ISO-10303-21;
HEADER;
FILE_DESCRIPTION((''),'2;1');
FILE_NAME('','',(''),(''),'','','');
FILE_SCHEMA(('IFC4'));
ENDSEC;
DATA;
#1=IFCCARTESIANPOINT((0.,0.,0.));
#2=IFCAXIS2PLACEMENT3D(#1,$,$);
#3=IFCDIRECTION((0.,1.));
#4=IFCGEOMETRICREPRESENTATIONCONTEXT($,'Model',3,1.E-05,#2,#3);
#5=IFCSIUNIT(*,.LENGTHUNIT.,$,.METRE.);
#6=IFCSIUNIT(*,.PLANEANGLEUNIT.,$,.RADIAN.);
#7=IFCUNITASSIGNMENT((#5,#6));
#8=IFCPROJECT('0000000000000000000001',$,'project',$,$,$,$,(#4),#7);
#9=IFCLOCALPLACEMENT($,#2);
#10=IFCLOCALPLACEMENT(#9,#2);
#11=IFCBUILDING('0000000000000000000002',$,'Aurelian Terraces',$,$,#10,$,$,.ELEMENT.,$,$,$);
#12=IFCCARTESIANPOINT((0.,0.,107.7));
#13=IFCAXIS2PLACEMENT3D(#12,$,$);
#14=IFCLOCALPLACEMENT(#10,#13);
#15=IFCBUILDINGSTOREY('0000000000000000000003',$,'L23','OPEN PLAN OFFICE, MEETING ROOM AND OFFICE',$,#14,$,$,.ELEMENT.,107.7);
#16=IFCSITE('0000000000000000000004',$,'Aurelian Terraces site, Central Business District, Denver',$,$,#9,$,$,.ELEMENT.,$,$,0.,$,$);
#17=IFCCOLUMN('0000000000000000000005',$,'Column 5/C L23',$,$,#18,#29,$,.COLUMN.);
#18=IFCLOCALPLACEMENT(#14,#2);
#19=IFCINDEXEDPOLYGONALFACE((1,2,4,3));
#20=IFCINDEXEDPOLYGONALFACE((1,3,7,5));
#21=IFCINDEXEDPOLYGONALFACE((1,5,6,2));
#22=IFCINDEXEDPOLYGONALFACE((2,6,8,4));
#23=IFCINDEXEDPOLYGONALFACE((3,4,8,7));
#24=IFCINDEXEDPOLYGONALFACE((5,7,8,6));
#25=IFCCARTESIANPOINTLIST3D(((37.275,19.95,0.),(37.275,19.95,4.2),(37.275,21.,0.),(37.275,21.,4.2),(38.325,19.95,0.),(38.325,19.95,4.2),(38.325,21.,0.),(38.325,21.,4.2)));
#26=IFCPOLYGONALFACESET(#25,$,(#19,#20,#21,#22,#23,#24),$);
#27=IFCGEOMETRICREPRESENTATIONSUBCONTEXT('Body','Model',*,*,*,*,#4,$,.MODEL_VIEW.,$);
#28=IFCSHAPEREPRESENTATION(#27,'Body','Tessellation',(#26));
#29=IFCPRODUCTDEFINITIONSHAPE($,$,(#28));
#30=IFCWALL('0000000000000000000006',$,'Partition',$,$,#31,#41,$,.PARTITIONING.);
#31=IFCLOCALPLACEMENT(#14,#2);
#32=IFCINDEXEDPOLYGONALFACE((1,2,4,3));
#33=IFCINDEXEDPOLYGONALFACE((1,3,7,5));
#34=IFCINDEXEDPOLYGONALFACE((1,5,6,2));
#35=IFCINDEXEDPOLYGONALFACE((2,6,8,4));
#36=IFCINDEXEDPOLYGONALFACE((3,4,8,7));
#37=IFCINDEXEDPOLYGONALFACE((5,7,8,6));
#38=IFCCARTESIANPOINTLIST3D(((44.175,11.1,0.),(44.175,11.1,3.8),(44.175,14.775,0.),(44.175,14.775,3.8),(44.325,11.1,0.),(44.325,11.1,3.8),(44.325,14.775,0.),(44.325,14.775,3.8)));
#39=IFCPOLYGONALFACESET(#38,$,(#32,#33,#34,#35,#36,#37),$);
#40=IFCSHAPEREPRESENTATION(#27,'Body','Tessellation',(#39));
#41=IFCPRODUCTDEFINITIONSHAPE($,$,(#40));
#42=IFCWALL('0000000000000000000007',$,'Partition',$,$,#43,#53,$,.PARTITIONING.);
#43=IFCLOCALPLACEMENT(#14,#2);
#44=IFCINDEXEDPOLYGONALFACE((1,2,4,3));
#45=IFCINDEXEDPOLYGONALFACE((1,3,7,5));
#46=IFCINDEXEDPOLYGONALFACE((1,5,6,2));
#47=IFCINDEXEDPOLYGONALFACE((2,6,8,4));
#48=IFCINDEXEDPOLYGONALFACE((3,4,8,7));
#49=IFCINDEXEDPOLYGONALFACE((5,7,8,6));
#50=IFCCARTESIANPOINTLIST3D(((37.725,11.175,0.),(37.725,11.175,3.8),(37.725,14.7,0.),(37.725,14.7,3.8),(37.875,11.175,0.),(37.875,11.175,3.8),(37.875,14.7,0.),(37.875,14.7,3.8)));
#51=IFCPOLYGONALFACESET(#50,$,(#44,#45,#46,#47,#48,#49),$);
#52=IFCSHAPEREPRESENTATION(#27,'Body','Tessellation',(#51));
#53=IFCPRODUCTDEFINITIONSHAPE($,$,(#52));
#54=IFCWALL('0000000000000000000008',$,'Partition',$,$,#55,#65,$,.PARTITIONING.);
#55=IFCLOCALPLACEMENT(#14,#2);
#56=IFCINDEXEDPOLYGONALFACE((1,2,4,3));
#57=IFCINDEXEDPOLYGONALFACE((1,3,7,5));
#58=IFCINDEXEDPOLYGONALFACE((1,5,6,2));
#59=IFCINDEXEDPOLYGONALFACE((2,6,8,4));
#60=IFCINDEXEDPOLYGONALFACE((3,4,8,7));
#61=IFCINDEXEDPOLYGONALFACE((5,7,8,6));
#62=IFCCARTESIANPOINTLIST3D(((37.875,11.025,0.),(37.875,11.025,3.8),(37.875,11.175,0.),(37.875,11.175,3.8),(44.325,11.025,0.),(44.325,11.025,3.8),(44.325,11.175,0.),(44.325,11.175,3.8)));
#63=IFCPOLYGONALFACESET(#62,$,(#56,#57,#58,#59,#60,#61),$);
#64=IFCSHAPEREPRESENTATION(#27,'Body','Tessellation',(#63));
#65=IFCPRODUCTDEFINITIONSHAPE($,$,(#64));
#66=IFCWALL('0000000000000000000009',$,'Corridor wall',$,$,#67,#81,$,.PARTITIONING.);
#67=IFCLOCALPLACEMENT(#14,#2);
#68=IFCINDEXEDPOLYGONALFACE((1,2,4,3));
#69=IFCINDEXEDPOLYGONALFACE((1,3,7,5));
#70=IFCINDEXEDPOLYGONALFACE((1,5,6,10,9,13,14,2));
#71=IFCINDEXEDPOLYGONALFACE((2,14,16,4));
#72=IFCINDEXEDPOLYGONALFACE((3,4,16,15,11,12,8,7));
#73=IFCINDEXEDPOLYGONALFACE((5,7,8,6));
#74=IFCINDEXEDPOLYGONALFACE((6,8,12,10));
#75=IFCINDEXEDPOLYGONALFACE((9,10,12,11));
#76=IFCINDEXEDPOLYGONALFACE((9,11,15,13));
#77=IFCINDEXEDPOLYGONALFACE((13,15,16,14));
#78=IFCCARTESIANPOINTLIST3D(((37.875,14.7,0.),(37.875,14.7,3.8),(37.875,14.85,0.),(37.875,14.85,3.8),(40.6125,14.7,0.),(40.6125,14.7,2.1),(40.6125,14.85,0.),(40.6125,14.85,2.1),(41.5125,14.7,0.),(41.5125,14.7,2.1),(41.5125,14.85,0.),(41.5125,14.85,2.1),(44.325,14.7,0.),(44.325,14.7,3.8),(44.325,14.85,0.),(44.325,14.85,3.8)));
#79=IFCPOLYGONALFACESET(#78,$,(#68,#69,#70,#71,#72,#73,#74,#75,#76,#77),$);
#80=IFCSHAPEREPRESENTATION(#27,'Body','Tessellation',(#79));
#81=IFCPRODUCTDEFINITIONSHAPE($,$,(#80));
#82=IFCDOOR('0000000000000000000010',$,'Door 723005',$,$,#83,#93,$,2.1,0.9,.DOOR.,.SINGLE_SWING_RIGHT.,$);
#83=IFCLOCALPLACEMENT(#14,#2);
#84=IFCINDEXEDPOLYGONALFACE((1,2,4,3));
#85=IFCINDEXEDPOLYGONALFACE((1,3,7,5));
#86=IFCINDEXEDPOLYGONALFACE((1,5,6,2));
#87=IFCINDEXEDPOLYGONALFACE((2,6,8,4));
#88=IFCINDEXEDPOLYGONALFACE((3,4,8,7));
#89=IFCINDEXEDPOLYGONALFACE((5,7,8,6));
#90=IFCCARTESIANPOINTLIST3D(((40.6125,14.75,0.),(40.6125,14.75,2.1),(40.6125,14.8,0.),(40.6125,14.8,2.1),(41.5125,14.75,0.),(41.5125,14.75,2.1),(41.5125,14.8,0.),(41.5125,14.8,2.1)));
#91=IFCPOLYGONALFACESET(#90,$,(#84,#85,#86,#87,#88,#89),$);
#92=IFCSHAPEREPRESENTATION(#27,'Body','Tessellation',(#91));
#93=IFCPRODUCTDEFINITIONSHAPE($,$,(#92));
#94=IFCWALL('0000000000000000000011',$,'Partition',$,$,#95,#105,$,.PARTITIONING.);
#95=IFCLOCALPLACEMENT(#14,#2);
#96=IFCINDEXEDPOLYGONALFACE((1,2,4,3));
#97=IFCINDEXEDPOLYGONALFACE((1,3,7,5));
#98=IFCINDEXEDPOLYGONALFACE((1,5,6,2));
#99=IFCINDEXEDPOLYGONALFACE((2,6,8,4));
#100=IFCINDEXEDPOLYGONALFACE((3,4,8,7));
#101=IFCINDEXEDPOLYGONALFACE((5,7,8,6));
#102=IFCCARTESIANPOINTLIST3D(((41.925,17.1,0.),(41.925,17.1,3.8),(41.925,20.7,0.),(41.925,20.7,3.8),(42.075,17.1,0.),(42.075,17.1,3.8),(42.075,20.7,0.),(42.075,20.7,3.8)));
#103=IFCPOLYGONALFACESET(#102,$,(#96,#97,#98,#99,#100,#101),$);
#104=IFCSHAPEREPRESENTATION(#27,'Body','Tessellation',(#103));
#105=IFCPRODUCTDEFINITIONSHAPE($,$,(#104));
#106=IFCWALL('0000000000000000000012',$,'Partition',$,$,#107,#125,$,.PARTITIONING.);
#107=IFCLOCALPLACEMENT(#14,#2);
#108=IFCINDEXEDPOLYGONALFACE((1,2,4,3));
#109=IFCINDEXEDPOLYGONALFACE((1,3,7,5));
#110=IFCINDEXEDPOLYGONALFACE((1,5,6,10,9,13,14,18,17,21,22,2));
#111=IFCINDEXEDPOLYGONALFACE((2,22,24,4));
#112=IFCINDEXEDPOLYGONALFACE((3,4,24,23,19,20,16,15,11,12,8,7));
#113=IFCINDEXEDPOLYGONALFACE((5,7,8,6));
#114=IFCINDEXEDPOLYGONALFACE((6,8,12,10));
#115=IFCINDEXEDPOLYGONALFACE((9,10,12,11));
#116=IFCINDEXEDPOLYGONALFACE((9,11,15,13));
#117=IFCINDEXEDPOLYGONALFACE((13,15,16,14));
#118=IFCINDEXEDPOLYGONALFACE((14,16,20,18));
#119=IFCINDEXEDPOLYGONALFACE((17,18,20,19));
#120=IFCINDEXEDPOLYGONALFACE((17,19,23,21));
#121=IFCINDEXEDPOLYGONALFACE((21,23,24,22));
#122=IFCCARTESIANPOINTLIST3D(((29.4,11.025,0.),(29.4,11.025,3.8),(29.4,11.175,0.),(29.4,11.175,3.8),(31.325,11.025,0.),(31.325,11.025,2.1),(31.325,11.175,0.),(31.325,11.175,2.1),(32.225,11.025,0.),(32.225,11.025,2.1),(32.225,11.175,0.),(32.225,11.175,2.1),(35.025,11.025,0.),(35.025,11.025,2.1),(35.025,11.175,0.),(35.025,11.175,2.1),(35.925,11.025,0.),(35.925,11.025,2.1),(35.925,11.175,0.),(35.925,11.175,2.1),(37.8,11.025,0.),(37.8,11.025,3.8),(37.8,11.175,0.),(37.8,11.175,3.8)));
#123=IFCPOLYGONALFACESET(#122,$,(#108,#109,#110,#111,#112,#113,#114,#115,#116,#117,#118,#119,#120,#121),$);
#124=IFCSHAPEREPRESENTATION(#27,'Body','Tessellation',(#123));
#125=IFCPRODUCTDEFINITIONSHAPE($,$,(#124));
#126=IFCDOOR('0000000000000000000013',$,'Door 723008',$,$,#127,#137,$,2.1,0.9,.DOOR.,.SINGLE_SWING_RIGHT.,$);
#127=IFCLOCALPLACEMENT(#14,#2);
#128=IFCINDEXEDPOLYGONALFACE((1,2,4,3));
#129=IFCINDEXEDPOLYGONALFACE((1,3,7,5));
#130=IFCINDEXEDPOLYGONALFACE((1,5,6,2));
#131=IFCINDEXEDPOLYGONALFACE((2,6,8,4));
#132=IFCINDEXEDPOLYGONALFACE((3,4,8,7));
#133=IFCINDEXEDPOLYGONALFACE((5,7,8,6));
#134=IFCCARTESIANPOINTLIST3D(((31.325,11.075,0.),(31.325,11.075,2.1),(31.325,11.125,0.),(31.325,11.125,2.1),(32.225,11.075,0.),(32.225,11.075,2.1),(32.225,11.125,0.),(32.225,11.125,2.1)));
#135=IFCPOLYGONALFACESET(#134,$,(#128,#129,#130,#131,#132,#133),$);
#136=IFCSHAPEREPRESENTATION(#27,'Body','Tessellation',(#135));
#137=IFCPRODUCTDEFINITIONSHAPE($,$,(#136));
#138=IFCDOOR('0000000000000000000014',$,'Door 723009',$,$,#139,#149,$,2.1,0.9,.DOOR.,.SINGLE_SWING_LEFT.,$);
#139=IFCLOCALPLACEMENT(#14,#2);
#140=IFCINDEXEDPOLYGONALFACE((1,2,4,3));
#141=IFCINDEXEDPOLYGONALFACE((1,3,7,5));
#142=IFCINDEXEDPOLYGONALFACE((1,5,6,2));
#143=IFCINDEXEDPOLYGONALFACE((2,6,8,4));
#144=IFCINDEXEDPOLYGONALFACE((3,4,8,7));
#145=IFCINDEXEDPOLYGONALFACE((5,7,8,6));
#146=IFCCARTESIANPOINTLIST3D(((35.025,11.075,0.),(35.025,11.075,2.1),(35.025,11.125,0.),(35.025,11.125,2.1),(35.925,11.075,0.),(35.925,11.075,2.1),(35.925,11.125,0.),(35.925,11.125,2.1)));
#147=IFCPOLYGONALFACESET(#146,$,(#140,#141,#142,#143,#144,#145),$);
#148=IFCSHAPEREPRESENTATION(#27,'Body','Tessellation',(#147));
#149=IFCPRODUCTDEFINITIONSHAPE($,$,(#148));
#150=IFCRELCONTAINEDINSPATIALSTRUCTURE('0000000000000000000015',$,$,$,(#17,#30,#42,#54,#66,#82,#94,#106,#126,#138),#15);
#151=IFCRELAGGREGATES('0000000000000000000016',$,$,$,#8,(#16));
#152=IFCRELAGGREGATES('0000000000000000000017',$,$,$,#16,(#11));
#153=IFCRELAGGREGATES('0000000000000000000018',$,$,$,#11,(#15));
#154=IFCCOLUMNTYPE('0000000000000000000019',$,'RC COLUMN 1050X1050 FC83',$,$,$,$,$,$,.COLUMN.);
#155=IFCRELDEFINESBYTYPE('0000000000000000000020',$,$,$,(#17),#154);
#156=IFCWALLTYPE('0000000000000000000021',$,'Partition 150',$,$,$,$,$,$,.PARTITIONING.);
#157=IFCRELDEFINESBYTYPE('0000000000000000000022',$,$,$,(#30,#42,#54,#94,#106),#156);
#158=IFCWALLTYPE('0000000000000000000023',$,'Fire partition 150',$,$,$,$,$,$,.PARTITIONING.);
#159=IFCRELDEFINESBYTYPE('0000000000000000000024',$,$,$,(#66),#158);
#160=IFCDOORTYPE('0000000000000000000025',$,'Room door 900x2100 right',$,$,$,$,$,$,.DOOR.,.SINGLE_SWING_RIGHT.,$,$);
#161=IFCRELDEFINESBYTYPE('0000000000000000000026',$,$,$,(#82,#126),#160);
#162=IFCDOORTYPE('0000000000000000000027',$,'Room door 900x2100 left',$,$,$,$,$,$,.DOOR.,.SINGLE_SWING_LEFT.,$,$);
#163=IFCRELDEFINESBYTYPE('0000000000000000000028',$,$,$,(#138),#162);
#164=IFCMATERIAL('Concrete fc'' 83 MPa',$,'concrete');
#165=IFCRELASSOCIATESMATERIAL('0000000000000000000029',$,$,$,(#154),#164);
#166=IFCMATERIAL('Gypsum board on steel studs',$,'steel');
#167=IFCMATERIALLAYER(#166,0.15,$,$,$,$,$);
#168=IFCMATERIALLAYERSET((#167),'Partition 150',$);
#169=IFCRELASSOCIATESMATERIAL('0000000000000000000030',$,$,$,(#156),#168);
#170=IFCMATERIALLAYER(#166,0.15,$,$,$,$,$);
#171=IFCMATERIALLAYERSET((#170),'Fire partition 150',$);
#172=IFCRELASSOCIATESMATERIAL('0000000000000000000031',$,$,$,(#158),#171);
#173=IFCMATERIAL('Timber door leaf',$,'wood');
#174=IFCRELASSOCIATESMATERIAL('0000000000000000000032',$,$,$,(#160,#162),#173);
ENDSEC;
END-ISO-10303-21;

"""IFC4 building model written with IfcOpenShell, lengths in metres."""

from ifc_helpers import new_model, si_unit, direction, frame, frame_2d, origin, origin_2d, place, context, subcontext, project, spatial, rectangle, extrude, source, transform, mapped, material, layer, layer_set, material_profile, profile_set, type_object, element, fill, save


model = new_model("IFC4")

# Units and contexts
model_context = context("Model", 3, precision=1e-05, world=origin(), true_north=direction((0.0, 1.0)))
body_context = subcontext(model_context, "Body", "Model", "MODEL_VIEW")
ifc_project = project(units=[si_unit("LENGTHUNIT", "METRE"), si_unit("PLANEANGLEUNIT", "RADIAN")], contexts=[model_context])

# Site, building, storey
site_placement = place(None, origin())
site = spatial("IfcSite", under=ifc_project, at=site_placement, Name="Aurelian Terraces site, Central Business District, Denver", CompositionType="ELEMENT", RefElevation=0.0)
building_placement = place(site_placement, origin())
building = spatial("IfcBuilding", under=site, at=building_placement, Name="Aurelian Terraces", CompositionType="ELEMENT")
storey_placement = place(building_placement, frame((0.0, 0.0, 107.7)))
storey = spatial("IfcBuildingStorey", under=building, at=storey_placement, Name="L23", Description="OPEN PLAN OFFICE, MEETING ROOM AND OFFICE", CompositionType="ELEMENT", Elevation=107.7)

# Column
ifc_material_1 = material(Name="Concrete fc' 83 MPa", Category="concrete")
ifc_material_profile = material_profile(ifc_material_1, rectangle(XDim=1.05, YDim=1.05, at=origin_2d()))
ifc_profile_set = profile_set([ifc_material_profile], Name="Concrete fc' 83 MPa")
column_type = type_object("IfcColumnType", Name="RC COLUMN 1050X1050 FC83", PredefinedType="COLUMN", material=ifc_profile_set)
shared_shape_1 = source(origin(), body_context, "Body", "SweptSolid", [
    extrude(rectangle(XDim=1.05, YDim=1.05, at=origin_2d()), origin(), (0.0, 0.0, 1.0), 4.2),
])
column_placement = place(storey_placement, frame((37.8, 20.475, 0.0), z_axis=(0.0, 0.0, 1.0), x_axis=(1.0, 0.0, 0.0)))
element("IfcColumn", 1, at=column_placement, inside=storey, type_object=column_type, Name="Column 5/C L23", PredefinedType="COLUMN", context=body_context, shape_type="MappedRepresentation", body=[
    mapped(shared_shape_1, transform((0.0, 0.0, 0.0), scale=1.0)),
])

# Walls
ifc_material_2 = material(Name="Gypsum board on steel studs", Category="steel")
ifc_layer_1 = layer(ifc_material_2, 0.15)
ifc_layer_set_1 = layer_set([ifc_layer_1], Name="Partition 150")
wall_type_1 = type_object("IfcWallType", Name="Partition 150", PredefinedType="PARTITIONING", material=ifc_layer_set_1)
wall_1_placement = place(storey_placement, frame((44.25, 11.1, 0.0), z_axis=(0.0, 0.0, 1.0), x_axis=(0.0, 1.0, 0.0)))
element("IfcWall", 2, at=wall_1_placement, inside=storey, type_object=wall_type_1, Name="Partition", PredefinedType="PARTITIONING", context=body_context, shape_type="SweptSolid", body=[
    extrude(rectangle(XDim=3.675, YDim=0.15, at=frame_2d((1.8375, 0.0))), origin(), (0.0, 0.0, 1.0), 3.8),
])
wall_2_placement = place(storey_placement, frame((37.8, 11.175, 0.0), z_axis=(0.0, 0.0, 1.0), x_axis=(0.0, 1.0, 0.0)))
element("IfcWall", 3, at=wall_2_placement, inside=storey, type_object=wall_type_1, Name="Partition", PredefinedType="PARTITIONING", context=body_context, shape_type="SweptSolid", body=[
    extrude(rectangle(XDim=3.525, YDim=0.15, at=frame_2d((1.7625, 0.0))), origin(), (0.0, 0.0, 1.0), 3.8),
])
shared_shape_2 = source(origin(), body_context, "Body", "SweptSolid", [
    extrude(rectangle(XDim=6.45, YDim=0.15, at=frame_2d((3.225, 0.0))), origin(), (0.0, 0.0, 1.0), 3.8),
])
wall_3_placement = place(storey_placement, frame((37.875, 11.1, 0.0), z_axis=(0.0, 0.0, 1.0), x_axis=(1.0, 0.0, 0.0)))
element("IfcWall", 4, at=wall_3_placement, inside=storey, type_object=wall_type_1, Name="Partition", PredefinedType="PARTITIONING", context=body_context, shape_type="MappedRepresentation", body=[
    mapped(shared_shape_2, transform((0.0, 0.0, 0.0), scale=1.0)),
])

# Wall, opening, door
ifc_layer_2 = layer(ifc_material_2, 0.15)
ifc_layer_set_2 = layer_set([ifc_layer_2], Name="Fire partition 150")
wall_type_2 = type_object("IfcWallType", Name="Fire partition 150", PredefinedType="PARTITIONING", material=ifc_layer_set_2)
wall_4_placement = place(storey_placement, frame((44.325, 14.775, 0.0), z_axis=(0.0, 0.0, 1.0), x_axis=(-1.0, 0.0, 0.0)))
wall_4 = element("IfcWall", 5, at=wall_4_placement, inside=storey, type_object=wall_type_2, Name="Corridor wall", PredefinedType="PARTITIONING", context=body_context, shape_type="MappedRepresentation", body=[
    mapped(shared_shape_2, transform((0.0, 0.0, 0.0), scale=1.0)),
])
shared_shape_3 = source(origin(), body_context, "Body", "SweptSolid", [
    extrude(rectangle(XDim=0.9, YDim=2.1, at=frame_2d((0.45, 1.05))), frame((0.0, 0.085, 0.0), z_axis=(0.0, -1.0, 0.0), x_axis=(1.0, 0.0, 0.0)), (0.0, 0.0, 1.0), 0.17),
])
opening_1_placement = place(wall_4_placement, frame((2.8125, 0.0, 0.0)))
opening_1 = element("IfcOpeningElement", 6, at=opening_1_placement, cuts=wall_4, PredefinedType="OPENING", context=body_context, shape_type="MappedRepresentation", body=[
    mapped(shared_shape_3, transform((0.0, 0.0, 0.0), scale=1.0)),
])
ifc_material_3 = material(Name="Timber door leaf", Category="wood")
door_type_1 = type_object("IfcDoorType", Name="Room door 900x2100 right", OperationType="SINGLE_SWING_RIGHT", PredefinedType="DOOR", material=ifc_material_3)
shared_shape_4 = source(origin(), body_context, "Body", "SweptSolid", [
    extrude(rectangle(XDim=0.9, YDim=2.1, at=frame_2d((0.45, 1.05))), frame((0.0, 0.025, 0.0), z_axis=(0.0, -1.0, 0.0), x_axis=(1.0, 0.0, 0.0)), (0.0, 0.0, 1.0), 0.05),
])
door_1_placement = place(opening_1_placement, origin())
door_1 = element("IfcDoor", 7, at=door_1_placement, inside=storey, type_object=door_type_1, Name="Door 723005", OperationType="SINGLE_SWING_RIGHT", OverallHeight=2.1, OverallWidth=0.9, PredefinedType="DOOR", context=body_context, shape_type="MappedRepresentation", body=[
    mapped(shared_shape_4, transform((0.0, 0.0, 0.0), scale=1.0)),
])
fill(opening_1, door_1)

# Wall
shared_shape_5 = source(origin(), body_context, "Body", "SweptSolid", [
    extrude(rectangle(XDim=3.6, YDim=0.15, at=frame_2d((1.8, 0.0))), origin(), (0.0, 0.0, 1.0), 3.8),
])
wall_5_placement = place(storey_placement, frame((42.0, 17.1, 0.0), z_axis=(0.0, 0.0, 1.0), x_axis=(0.0, 1.0, 0.0)))
element("IfcWall", 8, at=wall_5_placement, inside=storey, type_object=wall_type_1, Name="Partition", PredefinedType="PARTITIONING", context=body_context, shape_type="MappedRepresentation", body=[
    mapped(shared_shape_5, transform((0.0, 0.0, 0.0), scale=1.0)),
])

# Wall, openings, doors
shared_shape_6 = source(origin(), body_context, "Body", "SweptSolid", [
    extrude(rectangle(XDim=8.4, YDim=0.15, at=frame_2d((4.2, 0.0))), origin(), (0.0, 0.0, 1.0), 3.8),
])
wall_6_placement = place(storey_placement, frame((37.8, 11.1, 0.0), z_axis=(0.0, 0.0, 1.0), x_axis=(-1.0, 0.0, 0.0)))
wall_6 = element("IfcWall", 9, at=wall_6_placement, inside=storey, type_object=wall_type_1, Name="Partition", PredefinedType="PARTITIONING", context=body_context, shape_type="MappedRepresentation", body=[
    mapped(shared_shape_6, transform((0.0, 0.0, 0.0), scale=1.0)),
])
opening_2_placement = place(wall_6_placement, frame((5.575, 0.0, 0.0)))
opening_2 = element("IfcOpeningElement", 10, at=opening_2_placement, cuts=wall_6, PredefinedType="OPENING", context=body_context, shape_type="MappedRepresentation", body=[
    mapped(shared_shape_3, transform((0.0, 0.0, 0.0), scale=1.0)),
])
opening_3_placement = place(wall_6_placement, frame((1.875, 0.0, 0.0)))
opening_3 = element("IfcOpeningElement", 11, at=opening_3_placement, cuts=wall_6, PredefinedType="OPENING", context=body_context, shape_type="MappedRepresentation", body=[
    mapped(shared_shape_3, transform((0.0, 0.0, 0.0), scale=1.0)),
])
door_2_placement = place(opening_2_placement, origin())
door_2 = element("IfcDoor", 12, at=door_2_placement, inside=storey, type_object=door_type_1, Name="Door 723008", OperationType="SINGLE_SWING_RIGHT", OverallHeight=2.1, OverallWidth=0.9, PredefinedType="DOOR", context=body_context, shape_type="MappedRepresentation", body=[
    mapped(shared_shape_4, transform((0.0, 0.0, 0.0), scale=1.0)),
])
fill(opening_2, door_2)
door_type_2 = type_object("IfcDoorType", Name="Room door 900x2100 left", OperationType="SINGLE_SWING_LEFT", PredefinedType="DOOR", material=ifc_material_3)
door_3_placement = place(opening_3_placement, origin())
door_3 = element("IfcDoor", 13, at=door_3_placement, inside=storey, type_object=door_type_2, Name="Door 723009", OperationType="SINGLE_SWING_LEFT", OverallHeight=2.1, OverallWidth=0.9, PredefinedType="DOOR", context=body_context, shape_type="MappedRepresentation", body=[
    mapped(shared_shape_4, transform((0.0, 0.0, 0.0), scale=1.0)),
])
fill(opening_3, door_3)

save(model, "model.ifc")
